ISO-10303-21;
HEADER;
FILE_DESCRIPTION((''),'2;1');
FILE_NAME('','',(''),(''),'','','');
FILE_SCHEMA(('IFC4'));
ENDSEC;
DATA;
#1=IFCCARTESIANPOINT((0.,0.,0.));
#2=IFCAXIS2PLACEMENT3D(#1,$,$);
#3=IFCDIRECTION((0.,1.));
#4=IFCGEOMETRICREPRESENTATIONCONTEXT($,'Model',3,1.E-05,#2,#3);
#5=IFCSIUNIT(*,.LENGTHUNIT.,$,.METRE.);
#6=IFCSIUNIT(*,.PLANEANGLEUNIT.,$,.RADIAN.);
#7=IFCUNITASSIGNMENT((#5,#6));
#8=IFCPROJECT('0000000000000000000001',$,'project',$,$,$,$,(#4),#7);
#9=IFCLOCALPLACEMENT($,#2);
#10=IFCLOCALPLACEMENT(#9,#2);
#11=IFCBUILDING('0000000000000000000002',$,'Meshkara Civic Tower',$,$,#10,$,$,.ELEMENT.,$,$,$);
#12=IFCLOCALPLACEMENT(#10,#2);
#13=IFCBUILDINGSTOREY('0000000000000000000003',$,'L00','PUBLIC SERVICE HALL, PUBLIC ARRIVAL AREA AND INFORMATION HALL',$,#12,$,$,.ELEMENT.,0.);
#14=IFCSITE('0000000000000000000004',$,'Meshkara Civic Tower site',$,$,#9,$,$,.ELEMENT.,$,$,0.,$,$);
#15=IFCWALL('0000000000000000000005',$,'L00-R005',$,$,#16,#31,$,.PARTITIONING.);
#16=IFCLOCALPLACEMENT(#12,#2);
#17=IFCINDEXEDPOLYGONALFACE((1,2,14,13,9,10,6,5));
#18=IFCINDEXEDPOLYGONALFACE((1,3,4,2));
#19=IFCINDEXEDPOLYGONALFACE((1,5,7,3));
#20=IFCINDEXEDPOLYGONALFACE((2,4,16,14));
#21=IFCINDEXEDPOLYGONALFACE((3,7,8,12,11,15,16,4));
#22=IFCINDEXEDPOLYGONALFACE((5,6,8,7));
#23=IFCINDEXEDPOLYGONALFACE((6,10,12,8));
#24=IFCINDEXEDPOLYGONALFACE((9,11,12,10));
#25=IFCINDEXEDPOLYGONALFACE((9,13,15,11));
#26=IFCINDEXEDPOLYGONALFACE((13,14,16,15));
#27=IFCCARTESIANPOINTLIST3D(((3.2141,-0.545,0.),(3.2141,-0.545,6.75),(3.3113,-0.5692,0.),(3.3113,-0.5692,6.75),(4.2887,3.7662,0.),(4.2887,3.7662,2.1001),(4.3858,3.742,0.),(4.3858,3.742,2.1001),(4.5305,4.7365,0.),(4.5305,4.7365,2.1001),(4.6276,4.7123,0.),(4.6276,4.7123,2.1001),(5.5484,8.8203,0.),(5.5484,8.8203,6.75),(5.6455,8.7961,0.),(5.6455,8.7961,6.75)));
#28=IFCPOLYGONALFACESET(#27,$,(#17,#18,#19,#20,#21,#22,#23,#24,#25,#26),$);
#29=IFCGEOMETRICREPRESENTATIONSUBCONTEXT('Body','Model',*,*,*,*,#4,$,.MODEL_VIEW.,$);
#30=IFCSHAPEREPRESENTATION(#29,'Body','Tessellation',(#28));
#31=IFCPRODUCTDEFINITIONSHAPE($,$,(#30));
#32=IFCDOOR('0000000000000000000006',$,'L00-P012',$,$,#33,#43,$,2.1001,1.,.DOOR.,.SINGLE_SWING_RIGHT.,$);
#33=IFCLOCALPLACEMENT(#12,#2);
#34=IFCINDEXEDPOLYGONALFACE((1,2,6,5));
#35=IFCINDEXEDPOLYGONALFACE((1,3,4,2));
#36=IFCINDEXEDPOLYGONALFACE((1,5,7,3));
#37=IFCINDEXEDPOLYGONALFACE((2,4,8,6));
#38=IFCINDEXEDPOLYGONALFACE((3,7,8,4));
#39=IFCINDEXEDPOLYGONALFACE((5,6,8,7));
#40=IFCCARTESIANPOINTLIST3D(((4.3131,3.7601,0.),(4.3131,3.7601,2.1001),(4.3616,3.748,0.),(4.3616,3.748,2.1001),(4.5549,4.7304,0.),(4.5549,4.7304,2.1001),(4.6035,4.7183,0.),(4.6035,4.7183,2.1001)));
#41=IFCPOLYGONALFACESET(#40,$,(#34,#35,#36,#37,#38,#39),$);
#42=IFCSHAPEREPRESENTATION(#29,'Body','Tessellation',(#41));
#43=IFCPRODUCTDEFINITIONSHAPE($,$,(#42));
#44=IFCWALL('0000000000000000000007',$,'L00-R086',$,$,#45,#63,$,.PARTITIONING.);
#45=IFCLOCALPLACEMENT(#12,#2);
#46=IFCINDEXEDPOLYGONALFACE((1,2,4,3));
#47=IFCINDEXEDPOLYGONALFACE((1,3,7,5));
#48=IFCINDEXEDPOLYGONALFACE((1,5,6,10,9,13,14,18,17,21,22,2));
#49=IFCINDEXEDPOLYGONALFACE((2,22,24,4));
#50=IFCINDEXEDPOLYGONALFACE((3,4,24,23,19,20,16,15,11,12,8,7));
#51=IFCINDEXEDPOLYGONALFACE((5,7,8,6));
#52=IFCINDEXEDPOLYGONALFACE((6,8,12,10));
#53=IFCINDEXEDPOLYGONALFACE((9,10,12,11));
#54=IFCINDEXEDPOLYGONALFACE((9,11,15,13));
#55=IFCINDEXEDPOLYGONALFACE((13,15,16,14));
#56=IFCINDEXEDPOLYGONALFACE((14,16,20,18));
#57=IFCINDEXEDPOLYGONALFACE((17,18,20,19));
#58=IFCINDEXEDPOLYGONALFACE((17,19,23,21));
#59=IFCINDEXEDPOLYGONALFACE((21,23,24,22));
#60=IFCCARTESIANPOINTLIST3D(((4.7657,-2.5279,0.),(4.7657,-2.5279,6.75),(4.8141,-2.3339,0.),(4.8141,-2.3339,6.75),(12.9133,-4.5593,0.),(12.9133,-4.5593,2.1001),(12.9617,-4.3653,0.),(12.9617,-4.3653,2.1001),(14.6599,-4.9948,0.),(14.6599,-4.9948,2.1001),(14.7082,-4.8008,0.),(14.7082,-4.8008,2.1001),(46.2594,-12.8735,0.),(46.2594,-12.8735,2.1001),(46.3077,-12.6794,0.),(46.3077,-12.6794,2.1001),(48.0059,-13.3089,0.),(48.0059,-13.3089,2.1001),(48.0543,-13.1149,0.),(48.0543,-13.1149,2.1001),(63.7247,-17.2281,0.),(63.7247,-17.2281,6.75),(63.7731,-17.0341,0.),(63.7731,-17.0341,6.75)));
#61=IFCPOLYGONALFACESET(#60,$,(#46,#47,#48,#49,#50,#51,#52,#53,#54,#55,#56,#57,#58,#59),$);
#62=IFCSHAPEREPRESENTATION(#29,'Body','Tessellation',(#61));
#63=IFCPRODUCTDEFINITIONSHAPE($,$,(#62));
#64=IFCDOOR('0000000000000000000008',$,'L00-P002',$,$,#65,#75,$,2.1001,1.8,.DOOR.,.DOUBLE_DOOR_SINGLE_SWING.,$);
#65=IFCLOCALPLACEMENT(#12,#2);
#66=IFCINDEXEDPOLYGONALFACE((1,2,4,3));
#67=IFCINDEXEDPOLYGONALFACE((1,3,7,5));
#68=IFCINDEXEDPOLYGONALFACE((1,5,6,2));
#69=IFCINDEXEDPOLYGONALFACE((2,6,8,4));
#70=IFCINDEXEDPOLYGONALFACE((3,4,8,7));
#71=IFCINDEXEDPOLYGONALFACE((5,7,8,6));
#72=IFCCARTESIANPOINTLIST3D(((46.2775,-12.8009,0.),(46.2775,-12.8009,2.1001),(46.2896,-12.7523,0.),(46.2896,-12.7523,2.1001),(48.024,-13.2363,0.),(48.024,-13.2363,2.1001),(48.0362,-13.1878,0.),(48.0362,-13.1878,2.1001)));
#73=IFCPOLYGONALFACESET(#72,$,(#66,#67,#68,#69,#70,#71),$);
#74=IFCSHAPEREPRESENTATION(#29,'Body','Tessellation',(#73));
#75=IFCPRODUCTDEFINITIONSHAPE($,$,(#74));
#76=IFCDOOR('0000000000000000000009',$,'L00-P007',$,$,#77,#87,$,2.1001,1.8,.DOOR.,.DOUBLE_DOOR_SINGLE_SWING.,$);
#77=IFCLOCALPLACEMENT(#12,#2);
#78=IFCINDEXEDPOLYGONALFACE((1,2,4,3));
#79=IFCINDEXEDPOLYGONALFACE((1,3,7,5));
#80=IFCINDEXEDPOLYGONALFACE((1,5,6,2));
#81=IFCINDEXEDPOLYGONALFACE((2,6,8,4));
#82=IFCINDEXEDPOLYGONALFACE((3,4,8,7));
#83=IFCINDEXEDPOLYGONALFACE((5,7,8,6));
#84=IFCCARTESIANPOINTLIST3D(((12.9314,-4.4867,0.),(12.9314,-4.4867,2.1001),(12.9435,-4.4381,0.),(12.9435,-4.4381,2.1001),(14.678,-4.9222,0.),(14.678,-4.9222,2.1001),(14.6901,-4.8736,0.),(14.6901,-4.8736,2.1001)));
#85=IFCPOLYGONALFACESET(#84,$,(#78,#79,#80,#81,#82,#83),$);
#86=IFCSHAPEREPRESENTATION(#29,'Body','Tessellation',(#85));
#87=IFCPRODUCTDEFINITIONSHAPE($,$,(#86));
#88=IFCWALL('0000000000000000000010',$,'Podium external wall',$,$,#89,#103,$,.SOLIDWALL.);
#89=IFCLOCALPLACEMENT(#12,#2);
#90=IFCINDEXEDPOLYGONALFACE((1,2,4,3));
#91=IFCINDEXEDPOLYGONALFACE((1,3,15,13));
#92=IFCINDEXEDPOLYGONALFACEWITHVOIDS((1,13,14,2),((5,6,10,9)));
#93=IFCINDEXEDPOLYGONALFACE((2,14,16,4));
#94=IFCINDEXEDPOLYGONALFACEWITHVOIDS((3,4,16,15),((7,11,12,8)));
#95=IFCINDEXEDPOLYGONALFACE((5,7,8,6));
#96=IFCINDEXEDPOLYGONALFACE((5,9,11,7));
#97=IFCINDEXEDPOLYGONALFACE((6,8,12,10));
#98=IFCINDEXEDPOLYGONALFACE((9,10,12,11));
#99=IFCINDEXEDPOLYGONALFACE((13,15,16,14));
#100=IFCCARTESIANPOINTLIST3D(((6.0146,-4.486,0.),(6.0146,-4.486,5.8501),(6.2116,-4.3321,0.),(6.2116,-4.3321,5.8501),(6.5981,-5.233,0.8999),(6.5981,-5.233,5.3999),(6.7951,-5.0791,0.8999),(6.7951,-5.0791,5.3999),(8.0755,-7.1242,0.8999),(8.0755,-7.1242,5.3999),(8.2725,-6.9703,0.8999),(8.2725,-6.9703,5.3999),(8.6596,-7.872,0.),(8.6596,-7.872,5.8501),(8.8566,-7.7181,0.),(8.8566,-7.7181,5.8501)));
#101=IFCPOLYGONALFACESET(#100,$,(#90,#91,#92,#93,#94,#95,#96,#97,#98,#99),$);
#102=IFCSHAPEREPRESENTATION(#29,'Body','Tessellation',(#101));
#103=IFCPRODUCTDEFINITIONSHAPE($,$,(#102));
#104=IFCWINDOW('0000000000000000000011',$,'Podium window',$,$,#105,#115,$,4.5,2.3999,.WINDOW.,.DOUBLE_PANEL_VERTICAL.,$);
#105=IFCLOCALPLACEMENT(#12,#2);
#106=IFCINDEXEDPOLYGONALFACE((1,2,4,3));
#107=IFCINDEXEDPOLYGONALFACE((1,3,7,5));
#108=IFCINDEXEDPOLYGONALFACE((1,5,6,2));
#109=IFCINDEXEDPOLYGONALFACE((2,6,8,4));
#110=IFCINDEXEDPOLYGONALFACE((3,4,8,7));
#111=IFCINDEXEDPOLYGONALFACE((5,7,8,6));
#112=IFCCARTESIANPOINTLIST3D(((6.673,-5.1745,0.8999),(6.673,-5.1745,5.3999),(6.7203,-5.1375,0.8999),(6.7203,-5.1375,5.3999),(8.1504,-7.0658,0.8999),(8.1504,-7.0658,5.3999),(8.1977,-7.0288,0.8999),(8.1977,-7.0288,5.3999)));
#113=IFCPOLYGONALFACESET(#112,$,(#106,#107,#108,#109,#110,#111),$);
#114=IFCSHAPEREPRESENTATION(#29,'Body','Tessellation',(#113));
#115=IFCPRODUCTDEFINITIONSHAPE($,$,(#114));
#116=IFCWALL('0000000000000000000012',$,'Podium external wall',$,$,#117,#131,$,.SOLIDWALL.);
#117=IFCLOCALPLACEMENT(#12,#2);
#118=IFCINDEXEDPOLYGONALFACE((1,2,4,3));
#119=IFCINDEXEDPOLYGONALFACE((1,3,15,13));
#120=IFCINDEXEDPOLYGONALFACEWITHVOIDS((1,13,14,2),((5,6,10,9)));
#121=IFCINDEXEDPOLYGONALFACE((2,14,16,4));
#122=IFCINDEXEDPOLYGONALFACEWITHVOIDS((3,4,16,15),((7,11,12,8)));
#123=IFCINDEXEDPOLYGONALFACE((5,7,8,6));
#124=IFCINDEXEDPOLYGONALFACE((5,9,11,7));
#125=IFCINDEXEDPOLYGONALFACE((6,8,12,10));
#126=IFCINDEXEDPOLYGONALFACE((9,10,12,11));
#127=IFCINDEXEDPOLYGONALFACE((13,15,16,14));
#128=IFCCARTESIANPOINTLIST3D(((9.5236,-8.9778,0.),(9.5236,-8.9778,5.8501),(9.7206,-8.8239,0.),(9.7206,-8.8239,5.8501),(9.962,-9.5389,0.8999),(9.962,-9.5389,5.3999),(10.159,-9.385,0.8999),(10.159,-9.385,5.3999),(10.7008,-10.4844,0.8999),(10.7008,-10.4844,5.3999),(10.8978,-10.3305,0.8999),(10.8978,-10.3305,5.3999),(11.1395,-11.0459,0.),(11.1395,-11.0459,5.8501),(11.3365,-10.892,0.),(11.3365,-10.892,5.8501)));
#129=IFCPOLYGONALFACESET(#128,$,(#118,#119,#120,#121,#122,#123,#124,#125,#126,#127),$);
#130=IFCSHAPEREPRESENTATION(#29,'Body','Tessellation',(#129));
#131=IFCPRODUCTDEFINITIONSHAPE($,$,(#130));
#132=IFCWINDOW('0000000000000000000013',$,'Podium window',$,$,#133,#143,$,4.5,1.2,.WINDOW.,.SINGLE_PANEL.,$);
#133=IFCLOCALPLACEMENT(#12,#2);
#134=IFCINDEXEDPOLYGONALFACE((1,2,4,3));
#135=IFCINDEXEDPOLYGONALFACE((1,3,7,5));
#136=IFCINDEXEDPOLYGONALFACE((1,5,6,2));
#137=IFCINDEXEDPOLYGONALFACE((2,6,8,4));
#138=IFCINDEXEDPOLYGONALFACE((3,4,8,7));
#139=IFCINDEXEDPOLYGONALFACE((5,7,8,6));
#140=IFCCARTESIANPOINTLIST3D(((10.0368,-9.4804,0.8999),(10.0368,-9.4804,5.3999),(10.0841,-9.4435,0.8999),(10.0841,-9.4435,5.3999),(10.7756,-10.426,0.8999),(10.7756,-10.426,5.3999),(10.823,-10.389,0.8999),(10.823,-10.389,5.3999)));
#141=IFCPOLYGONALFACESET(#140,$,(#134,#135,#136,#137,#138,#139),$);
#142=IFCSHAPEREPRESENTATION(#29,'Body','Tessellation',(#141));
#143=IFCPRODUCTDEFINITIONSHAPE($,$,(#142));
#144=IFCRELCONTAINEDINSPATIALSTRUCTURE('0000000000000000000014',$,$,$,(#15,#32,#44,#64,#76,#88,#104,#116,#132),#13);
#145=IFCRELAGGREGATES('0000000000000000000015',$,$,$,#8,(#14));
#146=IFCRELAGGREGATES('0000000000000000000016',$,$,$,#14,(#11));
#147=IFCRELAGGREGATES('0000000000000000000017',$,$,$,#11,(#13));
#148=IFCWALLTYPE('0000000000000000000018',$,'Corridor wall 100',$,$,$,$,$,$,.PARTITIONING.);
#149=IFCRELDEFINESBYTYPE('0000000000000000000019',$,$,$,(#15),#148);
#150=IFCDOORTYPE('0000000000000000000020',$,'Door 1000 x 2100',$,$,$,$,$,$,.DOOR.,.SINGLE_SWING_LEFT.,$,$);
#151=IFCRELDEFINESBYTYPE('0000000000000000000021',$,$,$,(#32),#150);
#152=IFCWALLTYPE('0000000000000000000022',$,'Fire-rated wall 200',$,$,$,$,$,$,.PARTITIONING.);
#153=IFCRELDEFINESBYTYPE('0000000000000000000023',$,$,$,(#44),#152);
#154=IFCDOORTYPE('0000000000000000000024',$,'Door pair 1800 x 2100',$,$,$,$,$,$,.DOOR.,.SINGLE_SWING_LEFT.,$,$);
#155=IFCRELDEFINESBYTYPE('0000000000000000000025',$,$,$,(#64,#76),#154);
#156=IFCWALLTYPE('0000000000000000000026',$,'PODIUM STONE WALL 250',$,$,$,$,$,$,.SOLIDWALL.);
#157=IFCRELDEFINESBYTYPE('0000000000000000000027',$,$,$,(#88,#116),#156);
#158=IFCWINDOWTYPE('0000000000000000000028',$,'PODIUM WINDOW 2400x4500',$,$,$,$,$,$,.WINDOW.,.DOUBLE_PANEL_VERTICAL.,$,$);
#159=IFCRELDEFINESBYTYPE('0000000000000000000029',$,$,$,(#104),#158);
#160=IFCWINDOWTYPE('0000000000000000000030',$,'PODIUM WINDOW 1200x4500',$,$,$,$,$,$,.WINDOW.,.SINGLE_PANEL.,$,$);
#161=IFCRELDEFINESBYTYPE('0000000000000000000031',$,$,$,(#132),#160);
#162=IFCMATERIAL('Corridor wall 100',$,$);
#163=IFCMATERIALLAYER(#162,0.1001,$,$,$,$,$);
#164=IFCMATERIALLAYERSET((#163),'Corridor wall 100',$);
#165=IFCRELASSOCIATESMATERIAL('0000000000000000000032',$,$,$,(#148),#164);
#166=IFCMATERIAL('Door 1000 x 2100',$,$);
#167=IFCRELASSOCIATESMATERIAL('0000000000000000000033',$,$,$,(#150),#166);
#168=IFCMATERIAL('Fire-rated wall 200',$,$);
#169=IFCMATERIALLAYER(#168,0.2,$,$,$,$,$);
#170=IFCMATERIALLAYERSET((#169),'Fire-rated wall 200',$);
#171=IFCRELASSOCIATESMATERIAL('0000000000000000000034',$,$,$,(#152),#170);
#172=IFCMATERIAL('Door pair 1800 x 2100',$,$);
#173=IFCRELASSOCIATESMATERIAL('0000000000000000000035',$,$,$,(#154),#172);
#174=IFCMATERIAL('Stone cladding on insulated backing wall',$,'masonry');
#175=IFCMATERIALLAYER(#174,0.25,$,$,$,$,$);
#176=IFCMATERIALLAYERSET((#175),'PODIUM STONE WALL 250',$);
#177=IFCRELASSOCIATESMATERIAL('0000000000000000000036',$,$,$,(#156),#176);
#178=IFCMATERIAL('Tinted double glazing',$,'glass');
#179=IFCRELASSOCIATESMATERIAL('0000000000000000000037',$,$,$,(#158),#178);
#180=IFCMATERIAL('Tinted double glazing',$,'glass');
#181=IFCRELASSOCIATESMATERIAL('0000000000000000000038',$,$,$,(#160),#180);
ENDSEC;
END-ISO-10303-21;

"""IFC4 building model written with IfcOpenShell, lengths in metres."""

from ifc_helpers import new_model, si_unit, direction, frame, frame_2d, origin, place, context, subcontext, project, spatial, rectangle, extrude, material, layer, layer_set, type_object, element, fill, save


model = new_model("IFC4")

# Units and contexts
model_context = context("Model", 3, precision=1e-05, world=origin(), true_north=direction((0.0, 1.0)))
body_context = subcontext(model_context, "Body", "Model", "MODEL_VIEW")
ifc_project = project(units=[si_unit("LENGTHUNIT", "METRE"), si_unit("PLANEANGLEUNIT", "RADIAN")], contexts=[model_context])

# Site, building, storey
site_placement = place(None, origin())
site = spatial("IfcSite", under=ifc_project, at=site_placement, Name="Meshkara Civic Tower site", CompositionType="ELEMENT", RefElevation=0.0)
building_placement = place(site_placement, origin())
building = spatial("IfcBuilding", under=site, at=building_placement, Name="Meshkara Civic Tower", CompositionType="ELEMENT")
storey_placement = place(building_placement, origin())
storey = spatial("IfcBuildingStorey", under=building, at=storey_placement, Name="L00", Description="PUBLIC SERVICE HALL, PUBLIC ARRIVAL AREA AND INFORMATION HALL", CompositionType="ELEMENT", Elevation=0.0)

# Wall, opening, door
ifc_material_1 = material(Name="Corridor wall 100")
ifc_layer_1 = layer(ifc_material_1, 0.1001)
ifc_layer_set_1 = layer_set([ifc_layer_1], Name="Corridor wall 100")
wall_type_1 = type_object("IfcWallType", Name="Corridor wall 100", PredefinedType="PARTITIONING", material=ifc_layer_set_1)
wall_1_placement = place(storey_placement, frame((3.2627, -0.5571, 0.0), z_axis=(0.0, 0.0, 1.0), x_axis=(0.241845, 0.970315, 0.0)))
wall_1 = element("IfcWall", 1, at=wall_1_placement, inside=storey, type_object=wall_type_1, Name="L00-R005", PredefinedType="PARTITIONING", context=body_context, shape_type="SweptSolid", body=[
    extrude(rectangle(XDim=9.6519, YDim=0.1001, at=frame_2d((4.8259, 0.0))), origin(), (0.0, 0.0, 1.0), 6.75),
])
opening_1_placement = place(wall_1_placement, frame((4.4431, 0.0, 0.0)))
opening_1 = element("IfcOpeningElement", 2, at=opening_1_placement, cuts=wall_1, PredefinedType="OPENING", context=body_context, shape_type="SweptSolid", body=[
    extrude(rectangle(XDim=1.0, YDim=2.1001, at=frame_2d((0.5, 1.05))), frame((0.0, 0.0601, 0.0), z_axis=(0.0, -1.0, 0.0), x_axis=(1.0, 0.0, 0.0)), (0.0, 0.0, 1.0), 0.1201),
])
ifc_material_2 = material(Name="Door 1000 x 2100")
door_type_1 = type_object("IfcDoorType", Name="Door 1000 x 2100", OperationType="SINGLE_SWING_LEFT", PredefinedType="DOOR", material=ifc_material_2)
door_1_placement = place(opening_1_placement, origin())
door_1 = element("IfcDoor", 3, at=door_1_placement, inside=storey, type_object=door_type_1, Name="L00-P012", OperationType="SINGLE_SWING_RIGHT", OverallHeight=2.1001, OverallWidth=1.0, PredefinedType="DOOR", context=body_context, shape_type="SweptSolid", body=[
    extrude(rectangle(XDim=1.0, YDim=2.1001, at=frame_2d((0.5, 1.05))), frame((0.0, 0.0249, 0.0), z_axis=(0.0, -1.0, 0.0), x_axis=(1.0, 0.0, 0.0)), (0.0, 0.0, 1.0), 0.05),
])
fill(opening_1, door_1)

# Wall, openings, doors
ifc_material_3 = material(Name="Fire-rated wall 200")
ifc_layer_2 = layer(ifc_material_3, 0.2)
ifc_layer_set_2 = layer_set([ifc_layer_2], Name="Fire-rated wall 200")
wall_type_2 = type_object("IfcWallType", Name="Fire-rated wall 200", PredefinedType="PARTITIONING", material=ifc_layer_set_2)
wall_2_placement = place(storey_placement, frame((4.79, -2.4309, 0.0), z_axis=(0.0, 0.0, 1.0), x_axis=(0.970295, -0.241923, 0.0)))
wall_2 = element("IfcWall", 4, at=wall_2_placement, inside=storey, type_object=wall_type_2, Name="L00-R086", PredefinedType="PARTITIONING", context=body_context, shape_type="SweptSolid", body=[
    extrude(rectangle(XDim=60.7639, YDim=0.2, at=frame_2d((30.3818, 0.0))), origin(), (0.0, 0.0, 1.0), 6.75),
])
opening_2_placement = place(wall_2_placement, frame((42.7639, 0.0, 0.0)))
opening_2 = element("IfcOpeningElement", 5, at=opening_2_placement, cuts=wall_2, PredefinedType="OPENING", context=body_context, shape_type="SweptSolid", body=[
    extrude(rectangle(XDim=1.8, YDim=2.1001, at=frame_2d((0.8999, 1.05))), frame((0.0, 0.1099, 0.0), z_axis=(0.0, -1.0, 0.0), x_axis=(1.0, 0.0, 0.0)), (0.0, 0.0, 1.0), 0.22),
])
opening_3_placement = place(wall_2_placement, frame((8.397, 0.0, 0.0)))
opening_3 = element("IfcOpeningElement", 6, at=opening_3_placement, cuts=wall_2, PredefinedType="OPENING", context=body_context, shape_type="SweptSolid", body=[
    extrude(rectangle(XDim=1.8, YDim=2.1001, at=frame_2d((0.8999, 1.05))), frame((0.0, 0.1099, 0.0), z_axis=(0.0, -1.0, 0.0), x_axis=(1.0, 0.0, 0.0)), (0.0, 0.0, 1.0), 0.22),
])
ifc_material_4 = material(Name="Door pair 1800 x 2100")
door_type_2 = type_object("IfcDoorType", Name="Door pair 1800 x 2100", OperationType="SINGLE_SWING_LEFT", PredefinedType="DOOR", material=ifc_material_4)
door_2_placement = place(opening_2_placement, origin())
door_2 = element("IfcDoor", 7, at=door_2_placement, inside=storey, type_object=door_type_2, Name="L00-P002", OperationType="DOUBLE_DOOR_SINGLE_SWING", OverallHeight=2.1001, OverallWidth=1.8, PredefinedType="DOOR", context=body_context, shape_type="SweptSolid", body=[
    extrude(rectangle(XDim=1.8, YDim=2.1001, at=frame_2d((0.8999, 1.05))), frame((0.0, 0.0249, 0.0), z_axis=(0.0, -1.0, 0.0), x_axis=(1.0, 0.0, 0.0)), (0.0, 0.0, 1.0), 0.05),
])
fill(opening_2, door_2)
door_3_placement = place(opening_3_placement, origin())
door_3 = element("IfcDoor", 8, at=door_3_placement, inside=storey, type_object=door_type_2, Name="L00-P007", OperationType="DOUBLE_DOOR_SINGLE_SWING", OverallHeight=2.1001, OverallWidth=1.8, PredefinedType="DOOR", context=body_context, shape_type="SweptSolid", body=[
    extrude(rectangle(XDim=1.8, YDim=2.1001, at=frame_2d((0.8999, 1.05))), frame((0.0, 0.0249, 0.0), z_axis=(0.0, -1.0, 0.0), x_axis=(1.0, 0.0, 0.0)), (0.0, 0.0, 1.0), 0.05),
])
fill(opening_3, door_3)

# Walls, openings, windows
ifc_material_5 = material(Name="Stone cladding on insulated backing wall", Category="masonry")
ifc_layer_3 = layer(ifc_material_5, 0.25)
ifc_layer_set_3 = layer_set([ifc_layer_3], Name="PODIUM STONE WALL 250")
wall_type_3 = type_object("IfcWallType", Name="PODIUM STONE WALL 250", PredefinedType="SOLIDWALL", material=ifc_layer_set_3)
wall_3_placement = place(storey_placement, frame((6.113, -4.4089, 0.0), z_axis=(0.0, 0.0, 1.0), x_axis=(0.615603, -0.788056, 0.0)))
wall_3 = element("IfcWall", 9, at=wall_3_placement, inside=storey, type_object=wall_type_3, Name="Podium external wall", PredefinedType="SOLIDWALL", context=body_context, shape_type="SweptSolid", body=[
    extrude(rectangle(XDim=4.2966, YDim=0.25, at=frame_2d((2.1484, 0.0))), origin(), (0.0, 0.0, 1.0), 5.8501),
])
opening_4_placement = place(wall_3_placement, frame((0.948, 0.0, 0.8999)))
opening_4 = element("IfcOpeningElement", 10, at=opening_4_placement, cuts=wall_3, PredefinedType="OPENING", context=body_context, shape_type="SweptSolid", body=[
    extrude(rectangle(XDim=2.3999, YDim=4.5, at=frame_2d((1.2, 2.25))), frame((0.0, 0.135, 0.0), z_axis=(0.0, -1.0, 0.0), x_axis=(1.0, 0.0, 0.0)), (0.0, 0.0, 1.0), 0.27),
])
ifc_material_6 = material(Name="Tinted double glazing", Category="glass")
window_type_1 = type_object("IfcWindowType", Name="PODIUM WINDOW 2400x4500", PartitioningType="DOUBLE_PANEL_VERTICAL", PredefinedType="WINDOW", material=ifc_material_6)
window_1_placement = place(opening_4_placement, origin())
window_1 = element("IfcWindow", 11, at=window_1_placement, inside=storey, type_object=window_type_1, Name="Podium window", OverallHeight=4.5, OverallWidth=2.3999, PartitioningType="DOUBLE_PANEL_VERTICAL", PredefinedType="WINDOW", context=body_context, shape_type="SweptSolid", body=[
    extrude(rectangle(XDim=2.3999, YDim=4.5, at=frame_2d((1.2, 2.25))), frame((0.0, 0.03, 0.0), z_axis=(0.0, -1.0, 0.0), x_axis=(1.0, 0.0, 0.0)), (0.0, 0.0, 1.0), 0.0601),
])
fill(opening_4, window_1)
wall_4_placement = place(storey_placement, frame((9.6221, -8.9009, 0.0), z_axis=(0.0, 0.0, 1.0), x_axis=(0.615704, -0.787978, 0.0)))
wall_4 = element("IfcWall", 12, at=wall_4_placement, inside=storey, type_object=wall_type_3, Name="Podium external wall", PredefinedType="SOLIDWALL", context=body_context, shape_type="SweptSolid", body=[
    extrude(rectangle(XDim=2.6245, YDim=0.25, at=frame_2d((1.3123, 0.0))), origin(), (0.0, 0.0, 1.0), 5.8501),
])
opening_5_placement = place(wall_4_placement, frame((0.7119, 0.0, 0.8999)))
opening_5 = element("IfcOpeningElement", 13, at=opening_5_placement, cuts=wall_4, PredefinedType="OPENING", context=body_context, shape_type="SweptSolid", body=[
    extrude(rectangle(XDim=1.2, YDim=4.5, at=frame_2d((0.6001, 2.25))), frame((0.0, 0.135, 0.0), z_axis=(0.0, -1.0, 0.0), x_axis=(1.0, 0.0, 0.0)), (0.0, 0.0, 1.0), 0.27),
])
ifc_material_7 = material(Name="Tinted double glazing", Category="glass")
window_type_2 = type_object("IfcWindowType", Name="PODIUM WINDOW 1200x4500", PartitioningType="SINGLE_PANEL", PredefinedType="WINDOW", material=ifc_material_7)
window_2_placement = place(opening_5_placement, origin())
window_2 = element("IfcWindow", 14, at=window_2_placement, inside=storey, type_object=window_type_2, Name="Podium window", OverallHeight=4.5, OverallWidth=1.2, PartitioningType="SINGLE_PANEL", PredefinedType="WINDOW", context=body_context, shape_type="SweptSolid", body=[
    extrude(rectangle(XDim=1.2, YDim=4.5, at=frame_2d((0.6001, 2.25))), frame((0.0, 0.03, 0.0), z_axis=(0.0, -1.0, 0.0), x_axis=(1.0, 0.0, 0.0)), (0.0, 0.0, 1.0), 0.0601),
])
fill(opening_5, window_2)

save(model, "model.ifc")
